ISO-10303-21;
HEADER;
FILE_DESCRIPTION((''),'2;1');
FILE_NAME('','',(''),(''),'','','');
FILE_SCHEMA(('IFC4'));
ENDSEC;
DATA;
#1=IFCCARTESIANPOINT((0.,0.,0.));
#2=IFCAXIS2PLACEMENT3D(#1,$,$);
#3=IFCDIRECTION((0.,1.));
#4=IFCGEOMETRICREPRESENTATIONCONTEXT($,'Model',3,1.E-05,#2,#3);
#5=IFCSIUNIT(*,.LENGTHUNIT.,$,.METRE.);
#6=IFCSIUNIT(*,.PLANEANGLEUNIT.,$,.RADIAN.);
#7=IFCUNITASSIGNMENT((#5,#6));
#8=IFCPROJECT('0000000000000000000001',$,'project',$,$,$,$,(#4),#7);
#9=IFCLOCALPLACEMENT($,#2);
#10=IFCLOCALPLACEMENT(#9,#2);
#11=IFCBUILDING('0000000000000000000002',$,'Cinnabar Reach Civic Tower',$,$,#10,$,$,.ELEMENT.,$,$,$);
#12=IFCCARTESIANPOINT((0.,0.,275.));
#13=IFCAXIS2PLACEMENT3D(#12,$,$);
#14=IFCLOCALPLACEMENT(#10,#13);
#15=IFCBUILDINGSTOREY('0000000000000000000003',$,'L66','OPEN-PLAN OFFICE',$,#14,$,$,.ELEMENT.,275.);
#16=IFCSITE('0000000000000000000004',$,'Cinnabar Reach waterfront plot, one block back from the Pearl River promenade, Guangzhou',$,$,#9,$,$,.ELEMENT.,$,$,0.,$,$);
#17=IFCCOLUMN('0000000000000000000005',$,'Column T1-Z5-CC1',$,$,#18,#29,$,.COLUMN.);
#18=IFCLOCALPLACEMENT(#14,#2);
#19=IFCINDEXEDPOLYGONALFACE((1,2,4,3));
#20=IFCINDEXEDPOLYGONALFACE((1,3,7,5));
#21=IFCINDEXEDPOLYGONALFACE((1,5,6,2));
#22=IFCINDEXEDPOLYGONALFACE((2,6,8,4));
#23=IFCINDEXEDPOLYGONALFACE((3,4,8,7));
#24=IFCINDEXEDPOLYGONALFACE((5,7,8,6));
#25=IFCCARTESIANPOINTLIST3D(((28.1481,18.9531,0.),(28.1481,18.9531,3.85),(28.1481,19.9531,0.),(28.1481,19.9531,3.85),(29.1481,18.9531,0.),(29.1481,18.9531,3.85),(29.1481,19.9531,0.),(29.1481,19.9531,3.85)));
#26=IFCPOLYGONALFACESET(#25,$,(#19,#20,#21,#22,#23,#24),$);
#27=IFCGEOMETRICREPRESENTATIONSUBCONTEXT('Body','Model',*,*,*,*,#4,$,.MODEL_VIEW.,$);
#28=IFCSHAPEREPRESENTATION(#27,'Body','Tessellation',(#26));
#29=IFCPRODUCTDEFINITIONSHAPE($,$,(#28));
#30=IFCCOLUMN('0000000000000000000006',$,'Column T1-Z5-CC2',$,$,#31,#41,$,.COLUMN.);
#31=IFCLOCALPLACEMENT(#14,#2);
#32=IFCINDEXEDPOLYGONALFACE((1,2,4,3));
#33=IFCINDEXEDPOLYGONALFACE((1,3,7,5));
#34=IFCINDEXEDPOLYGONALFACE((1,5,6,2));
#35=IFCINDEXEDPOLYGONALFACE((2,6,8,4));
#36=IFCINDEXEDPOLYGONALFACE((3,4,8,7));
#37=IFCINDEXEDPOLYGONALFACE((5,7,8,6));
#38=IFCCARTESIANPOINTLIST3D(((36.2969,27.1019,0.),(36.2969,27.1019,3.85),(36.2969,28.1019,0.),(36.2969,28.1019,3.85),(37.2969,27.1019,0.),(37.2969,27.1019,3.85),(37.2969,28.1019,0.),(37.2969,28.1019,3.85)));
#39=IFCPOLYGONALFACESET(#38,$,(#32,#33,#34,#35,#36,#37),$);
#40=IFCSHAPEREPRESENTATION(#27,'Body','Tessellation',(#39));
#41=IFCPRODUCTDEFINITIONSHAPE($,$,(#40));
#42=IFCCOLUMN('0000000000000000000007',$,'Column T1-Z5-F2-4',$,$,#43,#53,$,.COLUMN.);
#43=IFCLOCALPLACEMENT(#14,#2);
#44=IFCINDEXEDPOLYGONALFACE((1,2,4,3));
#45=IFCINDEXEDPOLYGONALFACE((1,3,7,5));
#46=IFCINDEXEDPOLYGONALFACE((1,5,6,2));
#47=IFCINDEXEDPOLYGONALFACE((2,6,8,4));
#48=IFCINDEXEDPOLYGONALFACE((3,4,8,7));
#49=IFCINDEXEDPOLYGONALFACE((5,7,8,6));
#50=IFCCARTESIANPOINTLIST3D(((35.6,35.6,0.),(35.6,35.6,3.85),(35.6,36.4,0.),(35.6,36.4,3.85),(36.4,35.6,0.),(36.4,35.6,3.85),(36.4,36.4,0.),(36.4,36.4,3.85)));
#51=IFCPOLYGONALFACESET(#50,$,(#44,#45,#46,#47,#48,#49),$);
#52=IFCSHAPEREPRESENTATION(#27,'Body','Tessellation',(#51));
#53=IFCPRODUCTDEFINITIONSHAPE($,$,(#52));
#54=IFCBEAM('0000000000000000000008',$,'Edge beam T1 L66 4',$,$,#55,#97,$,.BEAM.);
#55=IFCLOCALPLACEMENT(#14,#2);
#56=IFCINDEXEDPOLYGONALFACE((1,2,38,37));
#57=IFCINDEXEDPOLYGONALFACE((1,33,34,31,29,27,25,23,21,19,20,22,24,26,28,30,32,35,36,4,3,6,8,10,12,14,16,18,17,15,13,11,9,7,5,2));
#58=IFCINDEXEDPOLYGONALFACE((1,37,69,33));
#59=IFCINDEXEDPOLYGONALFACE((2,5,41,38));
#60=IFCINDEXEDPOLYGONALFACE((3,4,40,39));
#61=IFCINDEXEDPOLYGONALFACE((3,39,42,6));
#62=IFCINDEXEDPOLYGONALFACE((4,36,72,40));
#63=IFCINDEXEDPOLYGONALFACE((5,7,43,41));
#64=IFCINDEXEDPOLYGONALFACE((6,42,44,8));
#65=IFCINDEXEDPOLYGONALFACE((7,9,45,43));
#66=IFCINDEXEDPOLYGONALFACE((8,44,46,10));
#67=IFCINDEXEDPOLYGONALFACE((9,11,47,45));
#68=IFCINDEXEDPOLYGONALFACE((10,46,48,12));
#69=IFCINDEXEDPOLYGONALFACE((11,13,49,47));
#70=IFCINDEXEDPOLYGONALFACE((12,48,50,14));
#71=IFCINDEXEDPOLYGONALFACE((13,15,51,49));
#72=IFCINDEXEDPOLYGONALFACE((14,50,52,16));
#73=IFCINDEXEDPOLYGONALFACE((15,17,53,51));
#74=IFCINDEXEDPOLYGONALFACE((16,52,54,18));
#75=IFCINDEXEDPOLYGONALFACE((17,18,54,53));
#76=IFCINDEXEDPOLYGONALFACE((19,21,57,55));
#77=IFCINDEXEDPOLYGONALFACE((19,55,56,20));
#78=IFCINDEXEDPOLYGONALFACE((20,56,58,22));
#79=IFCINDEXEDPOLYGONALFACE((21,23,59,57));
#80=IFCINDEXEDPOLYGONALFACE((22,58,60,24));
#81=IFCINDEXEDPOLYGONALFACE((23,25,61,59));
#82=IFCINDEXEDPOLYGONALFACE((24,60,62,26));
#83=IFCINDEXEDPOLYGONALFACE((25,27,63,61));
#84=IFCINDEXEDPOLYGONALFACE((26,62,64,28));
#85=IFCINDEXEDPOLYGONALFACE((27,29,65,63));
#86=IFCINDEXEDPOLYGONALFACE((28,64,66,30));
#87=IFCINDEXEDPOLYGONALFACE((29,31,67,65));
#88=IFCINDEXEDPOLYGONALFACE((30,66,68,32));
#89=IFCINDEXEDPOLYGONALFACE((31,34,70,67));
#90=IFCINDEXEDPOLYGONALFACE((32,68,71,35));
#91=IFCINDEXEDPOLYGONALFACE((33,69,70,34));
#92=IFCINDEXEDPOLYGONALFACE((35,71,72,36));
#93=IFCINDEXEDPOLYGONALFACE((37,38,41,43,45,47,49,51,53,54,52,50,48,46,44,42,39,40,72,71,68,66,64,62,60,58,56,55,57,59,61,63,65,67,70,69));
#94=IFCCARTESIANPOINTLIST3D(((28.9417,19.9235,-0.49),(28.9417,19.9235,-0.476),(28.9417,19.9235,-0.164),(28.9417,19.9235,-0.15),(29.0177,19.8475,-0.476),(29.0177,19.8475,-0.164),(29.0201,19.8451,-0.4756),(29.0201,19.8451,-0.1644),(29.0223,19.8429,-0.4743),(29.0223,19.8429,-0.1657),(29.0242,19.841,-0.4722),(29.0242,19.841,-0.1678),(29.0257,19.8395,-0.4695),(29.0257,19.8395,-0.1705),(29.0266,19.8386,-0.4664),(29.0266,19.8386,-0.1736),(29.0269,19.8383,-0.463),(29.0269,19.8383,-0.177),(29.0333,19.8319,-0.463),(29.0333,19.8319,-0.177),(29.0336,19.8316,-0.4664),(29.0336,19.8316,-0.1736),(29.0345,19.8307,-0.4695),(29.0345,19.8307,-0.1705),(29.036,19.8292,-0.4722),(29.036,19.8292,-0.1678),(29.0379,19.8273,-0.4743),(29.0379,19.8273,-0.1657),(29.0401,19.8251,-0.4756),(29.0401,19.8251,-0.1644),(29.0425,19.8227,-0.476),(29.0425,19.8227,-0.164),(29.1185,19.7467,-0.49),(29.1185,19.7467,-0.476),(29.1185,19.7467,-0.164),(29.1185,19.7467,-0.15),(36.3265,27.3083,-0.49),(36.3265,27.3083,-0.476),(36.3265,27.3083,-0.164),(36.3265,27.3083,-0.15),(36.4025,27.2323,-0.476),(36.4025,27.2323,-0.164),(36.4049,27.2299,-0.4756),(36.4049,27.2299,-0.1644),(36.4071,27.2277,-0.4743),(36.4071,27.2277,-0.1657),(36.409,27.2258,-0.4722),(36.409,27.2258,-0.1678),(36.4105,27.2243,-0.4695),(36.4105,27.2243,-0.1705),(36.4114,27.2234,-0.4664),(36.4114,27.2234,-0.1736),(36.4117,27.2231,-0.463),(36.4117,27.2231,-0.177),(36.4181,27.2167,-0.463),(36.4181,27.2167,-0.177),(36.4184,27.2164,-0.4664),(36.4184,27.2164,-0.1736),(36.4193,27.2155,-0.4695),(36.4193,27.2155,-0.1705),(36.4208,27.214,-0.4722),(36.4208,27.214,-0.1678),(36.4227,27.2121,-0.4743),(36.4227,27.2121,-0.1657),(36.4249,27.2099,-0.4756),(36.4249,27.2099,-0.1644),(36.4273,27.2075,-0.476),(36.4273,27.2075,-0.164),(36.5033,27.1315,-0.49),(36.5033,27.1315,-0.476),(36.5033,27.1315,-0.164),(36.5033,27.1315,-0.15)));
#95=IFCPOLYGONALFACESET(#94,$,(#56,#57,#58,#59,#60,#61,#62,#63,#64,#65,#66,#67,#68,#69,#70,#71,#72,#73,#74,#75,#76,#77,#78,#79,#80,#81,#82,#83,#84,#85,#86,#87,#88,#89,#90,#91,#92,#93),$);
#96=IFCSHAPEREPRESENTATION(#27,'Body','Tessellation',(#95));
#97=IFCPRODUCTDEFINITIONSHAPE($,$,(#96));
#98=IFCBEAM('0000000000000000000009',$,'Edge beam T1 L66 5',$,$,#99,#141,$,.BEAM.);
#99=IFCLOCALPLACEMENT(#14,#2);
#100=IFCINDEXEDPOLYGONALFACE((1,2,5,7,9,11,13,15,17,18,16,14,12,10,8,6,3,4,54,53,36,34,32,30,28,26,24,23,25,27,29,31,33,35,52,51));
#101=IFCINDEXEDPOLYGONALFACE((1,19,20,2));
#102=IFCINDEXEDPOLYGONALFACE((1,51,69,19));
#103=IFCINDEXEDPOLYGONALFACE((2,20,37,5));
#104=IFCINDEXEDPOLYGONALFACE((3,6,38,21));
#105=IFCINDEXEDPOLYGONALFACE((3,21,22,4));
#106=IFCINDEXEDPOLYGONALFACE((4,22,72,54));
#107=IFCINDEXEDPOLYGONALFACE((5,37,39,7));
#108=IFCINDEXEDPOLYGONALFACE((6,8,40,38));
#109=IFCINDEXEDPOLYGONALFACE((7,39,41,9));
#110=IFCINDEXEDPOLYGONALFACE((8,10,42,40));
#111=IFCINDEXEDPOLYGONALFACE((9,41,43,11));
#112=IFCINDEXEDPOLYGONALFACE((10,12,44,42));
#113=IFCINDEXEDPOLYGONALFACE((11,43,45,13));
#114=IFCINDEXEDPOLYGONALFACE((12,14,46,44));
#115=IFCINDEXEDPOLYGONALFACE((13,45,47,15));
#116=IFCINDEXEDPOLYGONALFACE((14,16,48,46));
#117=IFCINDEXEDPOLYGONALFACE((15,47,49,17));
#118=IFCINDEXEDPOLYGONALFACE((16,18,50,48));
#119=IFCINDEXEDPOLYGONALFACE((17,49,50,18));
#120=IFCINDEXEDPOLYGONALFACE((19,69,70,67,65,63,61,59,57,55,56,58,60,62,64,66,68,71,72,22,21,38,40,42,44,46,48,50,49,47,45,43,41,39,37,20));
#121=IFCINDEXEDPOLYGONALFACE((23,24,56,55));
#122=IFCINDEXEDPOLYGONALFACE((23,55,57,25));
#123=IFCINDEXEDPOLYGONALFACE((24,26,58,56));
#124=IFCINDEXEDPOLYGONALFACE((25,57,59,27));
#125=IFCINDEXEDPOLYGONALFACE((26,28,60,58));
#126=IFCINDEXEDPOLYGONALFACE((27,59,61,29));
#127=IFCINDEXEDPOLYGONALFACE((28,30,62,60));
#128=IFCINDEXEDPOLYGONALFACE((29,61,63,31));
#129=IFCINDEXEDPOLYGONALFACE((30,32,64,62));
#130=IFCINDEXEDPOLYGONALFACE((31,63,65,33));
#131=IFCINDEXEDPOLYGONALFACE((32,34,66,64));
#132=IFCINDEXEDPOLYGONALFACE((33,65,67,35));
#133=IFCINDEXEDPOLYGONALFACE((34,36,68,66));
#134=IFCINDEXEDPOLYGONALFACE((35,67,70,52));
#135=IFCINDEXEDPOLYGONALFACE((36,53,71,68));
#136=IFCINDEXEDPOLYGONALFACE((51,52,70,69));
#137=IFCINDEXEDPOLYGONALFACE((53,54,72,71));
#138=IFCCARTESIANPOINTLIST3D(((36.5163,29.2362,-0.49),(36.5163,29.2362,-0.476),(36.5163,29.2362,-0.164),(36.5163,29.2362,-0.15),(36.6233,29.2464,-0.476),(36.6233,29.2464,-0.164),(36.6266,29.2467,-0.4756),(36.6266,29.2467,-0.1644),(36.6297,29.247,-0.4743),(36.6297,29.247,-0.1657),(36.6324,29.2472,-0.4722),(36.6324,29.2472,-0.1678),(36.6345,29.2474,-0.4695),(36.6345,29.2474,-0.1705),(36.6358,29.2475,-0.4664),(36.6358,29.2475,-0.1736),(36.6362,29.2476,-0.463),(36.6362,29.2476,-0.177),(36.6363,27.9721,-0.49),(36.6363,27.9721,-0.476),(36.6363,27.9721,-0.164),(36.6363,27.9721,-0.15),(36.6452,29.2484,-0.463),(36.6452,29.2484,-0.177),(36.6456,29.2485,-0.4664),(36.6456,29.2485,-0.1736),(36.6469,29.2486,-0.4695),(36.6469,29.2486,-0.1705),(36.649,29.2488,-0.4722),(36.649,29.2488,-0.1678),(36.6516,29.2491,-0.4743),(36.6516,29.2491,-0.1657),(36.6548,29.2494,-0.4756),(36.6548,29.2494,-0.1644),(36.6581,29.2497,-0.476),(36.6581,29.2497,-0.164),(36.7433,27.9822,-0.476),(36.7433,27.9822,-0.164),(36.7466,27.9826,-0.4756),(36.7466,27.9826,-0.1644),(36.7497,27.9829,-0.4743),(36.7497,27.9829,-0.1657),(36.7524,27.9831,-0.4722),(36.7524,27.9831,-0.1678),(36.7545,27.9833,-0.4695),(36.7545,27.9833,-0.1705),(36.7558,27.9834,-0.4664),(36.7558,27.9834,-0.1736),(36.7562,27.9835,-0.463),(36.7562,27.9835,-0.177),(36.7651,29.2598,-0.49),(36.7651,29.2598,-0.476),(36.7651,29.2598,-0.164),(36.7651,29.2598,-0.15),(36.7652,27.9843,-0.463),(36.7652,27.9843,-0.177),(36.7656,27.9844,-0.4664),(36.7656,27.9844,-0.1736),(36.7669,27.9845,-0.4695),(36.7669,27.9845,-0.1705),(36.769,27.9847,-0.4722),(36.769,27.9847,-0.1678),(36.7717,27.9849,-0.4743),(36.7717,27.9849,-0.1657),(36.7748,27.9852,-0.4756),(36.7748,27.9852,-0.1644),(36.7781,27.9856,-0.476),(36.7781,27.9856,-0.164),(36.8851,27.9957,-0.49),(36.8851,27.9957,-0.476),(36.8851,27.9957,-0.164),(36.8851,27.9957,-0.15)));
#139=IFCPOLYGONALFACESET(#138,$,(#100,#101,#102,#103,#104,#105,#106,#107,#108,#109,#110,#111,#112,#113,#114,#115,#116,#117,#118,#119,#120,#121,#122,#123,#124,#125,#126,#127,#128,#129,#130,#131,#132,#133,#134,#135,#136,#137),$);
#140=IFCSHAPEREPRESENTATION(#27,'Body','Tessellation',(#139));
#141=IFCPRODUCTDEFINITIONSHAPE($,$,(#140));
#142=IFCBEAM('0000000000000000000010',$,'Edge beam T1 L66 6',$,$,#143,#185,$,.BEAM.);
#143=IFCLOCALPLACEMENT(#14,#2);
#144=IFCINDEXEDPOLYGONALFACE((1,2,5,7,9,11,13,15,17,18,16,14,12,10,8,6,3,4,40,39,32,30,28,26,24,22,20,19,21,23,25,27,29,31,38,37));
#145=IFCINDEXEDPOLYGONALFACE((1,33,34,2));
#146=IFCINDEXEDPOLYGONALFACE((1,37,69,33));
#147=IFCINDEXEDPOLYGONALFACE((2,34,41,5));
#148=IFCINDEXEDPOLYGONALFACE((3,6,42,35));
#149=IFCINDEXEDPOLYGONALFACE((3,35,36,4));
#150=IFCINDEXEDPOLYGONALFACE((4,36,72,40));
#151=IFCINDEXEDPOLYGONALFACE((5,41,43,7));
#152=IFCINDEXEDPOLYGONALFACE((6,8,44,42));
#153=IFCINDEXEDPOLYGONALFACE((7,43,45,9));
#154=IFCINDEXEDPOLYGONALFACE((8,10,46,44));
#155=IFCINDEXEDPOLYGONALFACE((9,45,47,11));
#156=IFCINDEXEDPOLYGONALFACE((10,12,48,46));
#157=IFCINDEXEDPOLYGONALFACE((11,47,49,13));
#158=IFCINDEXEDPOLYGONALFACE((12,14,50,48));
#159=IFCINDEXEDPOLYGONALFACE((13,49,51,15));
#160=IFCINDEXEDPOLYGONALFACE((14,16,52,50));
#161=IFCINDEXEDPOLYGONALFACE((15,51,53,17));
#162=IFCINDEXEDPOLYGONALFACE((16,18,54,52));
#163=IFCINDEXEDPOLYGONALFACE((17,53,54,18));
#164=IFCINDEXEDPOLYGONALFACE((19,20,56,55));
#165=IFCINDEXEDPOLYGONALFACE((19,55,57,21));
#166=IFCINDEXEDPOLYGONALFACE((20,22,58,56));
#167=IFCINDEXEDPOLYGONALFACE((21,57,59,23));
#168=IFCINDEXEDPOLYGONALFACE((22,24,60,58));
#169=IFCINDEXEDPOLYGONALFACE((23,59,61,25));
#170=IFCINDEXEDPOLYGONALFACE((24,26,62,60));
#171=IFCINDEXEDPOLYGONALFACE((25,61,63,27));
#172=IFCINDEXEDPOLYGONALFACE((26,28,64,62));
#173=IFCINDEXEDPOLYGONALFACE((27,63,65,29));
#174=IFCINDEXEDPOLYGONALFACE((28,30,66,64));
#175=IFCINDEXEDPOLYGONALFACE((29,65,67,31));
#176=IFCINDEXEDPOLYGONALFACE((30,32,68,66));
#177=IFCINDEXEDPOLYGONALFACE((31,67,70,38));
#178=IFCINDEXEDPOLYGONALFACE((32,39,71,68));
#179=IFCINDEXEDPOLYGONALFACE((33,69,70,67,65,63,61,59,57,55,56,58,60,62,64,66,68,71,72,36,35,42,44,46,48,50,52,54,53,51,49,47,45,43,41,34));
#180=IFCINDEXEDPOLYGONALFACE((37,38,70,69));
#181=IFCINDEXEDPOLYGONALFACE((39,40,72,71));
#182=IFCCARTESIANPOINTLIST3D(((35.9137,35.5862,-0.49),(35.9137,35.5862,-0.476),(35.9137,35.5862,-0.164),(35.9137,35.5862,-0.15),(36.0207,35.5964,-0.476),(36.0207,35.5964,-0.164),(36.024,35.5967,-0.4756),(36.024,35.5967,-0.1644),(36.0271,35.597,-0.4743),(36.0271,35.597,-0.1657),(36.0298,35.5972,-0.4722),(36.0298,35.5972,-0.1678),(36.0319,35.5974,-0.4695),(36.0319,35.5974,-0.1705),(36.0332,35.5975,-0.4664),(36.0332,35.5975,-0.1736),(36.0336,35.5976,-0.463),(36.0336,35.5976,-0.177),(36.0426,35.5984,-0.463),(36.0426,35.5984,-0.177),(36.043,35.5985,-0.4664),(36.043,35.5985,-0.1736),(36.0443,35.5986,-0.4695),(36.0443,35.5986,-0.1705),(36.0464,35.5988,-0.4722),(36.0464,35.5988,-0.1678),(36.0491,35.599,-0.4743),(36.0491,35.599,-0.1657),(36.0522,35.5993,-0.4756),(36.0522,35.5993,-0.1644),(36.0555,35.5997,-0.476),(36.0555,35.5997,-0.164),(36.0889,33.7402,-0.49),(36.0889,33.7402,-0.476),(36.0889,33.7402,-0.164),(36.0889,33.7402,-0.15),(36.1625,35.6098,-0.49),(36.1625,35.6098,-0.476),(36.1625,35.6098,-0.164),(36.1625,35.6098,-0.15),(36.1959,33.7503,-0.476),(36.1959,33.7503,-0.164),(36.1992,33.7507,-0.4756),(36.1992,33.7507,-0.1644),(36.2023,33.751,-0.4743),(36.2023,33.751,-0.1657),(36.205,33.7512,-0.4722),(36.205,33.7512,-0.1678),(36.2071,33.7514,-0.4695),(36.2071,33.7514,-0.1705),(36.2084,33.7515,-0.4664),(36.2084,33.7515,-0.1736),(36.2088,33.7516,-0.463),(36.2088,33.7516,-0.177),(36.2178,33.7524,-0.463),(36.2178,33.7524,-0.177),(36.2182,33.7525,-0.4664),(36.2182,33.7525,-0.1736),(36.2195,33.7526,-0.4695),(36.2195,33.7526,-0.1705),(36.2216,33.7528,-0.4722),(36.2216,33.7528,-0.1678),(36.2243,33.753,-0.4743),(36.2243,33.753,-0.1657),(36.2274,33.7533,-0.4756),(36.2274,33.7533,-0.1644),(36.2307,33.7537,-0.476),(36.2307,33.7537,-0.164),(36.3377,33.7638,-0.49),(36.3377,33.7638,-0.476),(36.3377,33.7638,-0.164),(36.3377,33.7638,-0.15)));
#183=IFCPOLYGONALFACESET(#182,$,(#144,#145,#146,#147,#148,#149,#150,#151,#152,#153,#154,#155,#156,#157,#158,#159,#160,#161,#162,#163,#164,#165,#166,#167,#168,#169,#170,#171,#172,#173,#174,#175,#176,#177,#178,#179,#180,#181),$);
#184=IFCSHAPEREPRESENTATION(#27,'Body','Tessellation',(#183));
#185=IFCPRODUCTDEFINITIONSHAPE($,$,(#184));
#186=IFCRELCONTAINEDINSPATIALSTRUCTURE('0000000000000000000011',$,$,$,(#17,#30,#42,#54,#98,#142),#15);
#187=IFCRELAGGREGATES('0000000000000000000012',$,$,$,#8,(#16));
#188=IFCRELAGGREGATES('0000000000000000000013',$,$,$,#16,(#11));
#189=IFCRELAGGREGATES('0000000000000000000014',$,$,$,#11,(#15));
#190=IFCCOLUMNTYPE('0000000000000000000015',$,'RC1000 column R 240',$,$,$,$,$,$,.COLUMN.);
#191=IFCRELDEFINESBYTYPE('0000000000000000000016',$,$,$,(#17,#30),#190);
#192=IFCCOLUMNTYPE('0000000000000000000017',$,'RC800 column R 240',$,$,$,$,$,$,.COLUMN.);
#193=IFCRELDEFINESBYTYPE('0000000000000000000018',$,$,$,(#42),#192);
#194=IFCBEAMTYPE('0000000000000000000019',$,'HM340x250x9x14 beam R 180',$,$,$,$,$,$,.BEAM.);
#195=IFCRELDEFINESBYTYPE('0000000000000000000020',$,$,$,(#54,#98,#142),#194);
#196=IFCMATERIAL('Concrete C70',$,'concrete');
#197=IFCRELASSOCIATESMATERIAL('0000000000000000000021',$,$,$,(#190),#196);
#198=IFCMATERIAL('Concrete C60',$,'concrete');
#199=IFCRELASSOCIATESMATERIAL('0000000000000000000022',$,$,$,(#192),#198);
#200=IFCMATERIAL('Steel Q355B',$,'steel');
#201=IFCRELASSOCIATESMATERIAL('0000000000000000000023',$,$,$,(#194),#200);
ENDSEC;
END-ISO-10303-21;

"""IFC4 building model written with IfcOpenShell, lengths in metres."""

from ifc_helpers import new_model, si_unit, direction, frame, origin, origin_2d, place, context, subcontext, project, spatial, rectangle, i_section, extrude, material, material_profile, profile_set, type_object, element, save


model = new_model("IFC4")

# Units and contexts
model_context = context("Model", 3, precision=1e-05, world=origin(), true_north=direction((0.0, 1.0)))
body_context = subcontext(model_context, "Body", "Model", "MODEL_VIEW")
ifc_project = project(units=[si_unit("LENGTHUNIT", "METRE"), si_unit("PLANEANGLEUNIT", "RADIAN")], contexts=[model_context])

# Site, building, storey
site_placement = place(None, origin())
site = spatial("IfcSite", under=ifc_project, at=site_placement, Name="Cinnabar Reach waterfront plot, one block back from the Pearl River promenade, Guangzhou", CompositionType="ELEMENT", RefElevation=0.0)
building_placement = place(site_placement, origin())
building = spatial("IfcBuilding", under=site, at=building_placement, Name="Cinnabar Reach Civic Tower", CompositionType="ELEMENT")
storey_placement = place(building_placement, frame((0.0, 0.0, 275.0)))
storey = spatial("IfcBuildingStorey", under=building, at=storey_placement, Name="L66", Description="OPEN-PLAN OFFICE", CompositionType="ELEMENT", Elevation=275.0)

# Columns
ifc_material_1 = material(Name="Concrete C70", Category="concrete")
ifc_material_profile_1 = material_profile(ifc_material_1, rectangle(XDim=1.0, YDim=1.0, at=origin_2d()), Name="RC1000")
ifc_profile_set_1 = profile_set([ifc_material_profile_1], Name="Concrete C70")
column_type_1 = type_object("IfcColumnType", Name="RC1000 column R 240", PredefinedType="COLUMN", material=ifc_profile_set_1)
for number, where, z_axis, x_axis, name in (
    (1, (28.6481, 19.4531, 0.0), (0.0, 0.0, 1.0), (1.0, 0.0, 0.0), "Column T1-Z5-CC1"),
    (2, (36.7969, 27.6019, 0.0), (0.0, 0.0, 1.0), (1.0, 0.0, 0.0), "Column T1-Z5-CC2"),
):
    element("IfcColumn", number, at=place(storey_placement, frame(where, z_axis=z_axis, x_axis=x_axis)), inside=storey, type_object=column_type_1, Name=name, PredefinedType="COLUMN", context=body_context, shape_type="SweptSolid", body=[
        extrude(rectangle(XDim=1.0, YDim=1.0, at=origin_2d()), origin(), (0.0, 0.0, 1.0), 3.85),
    ])
ifc_material_2 = material(Name="Concrete C60", Category="concrete")
ifc_material_profile_2 = material_profile(ifc_material_2, rectangle(XDim=0.8, YDim=0.8, at=origin_2d()), Name="RC800")
ifc_profile_set_2 = profile_set([ifc_material_profile_2], Name="Concrete C60")
column_type_2 = type_object("IfcColumnType", Name="RC800 column R 240", PredefinedType="COLUMN", material=ifc_profile_set_2)
column_placement = place(storey_placement, frame((36.0, 36.0, 0.0), z_axis=(0.0, 0.0, 1.0), x_axis=(1.0, 0.0, 0.0)))
element("IfcColumn", 3, at=column_placement, inside=storey, type_object=column_type_2, Name="Column T1-Z5-F2-4", PredefinedType="COLUMN", context=body_context, shape_type="SweptSolid", body=[
    extrude(rectangle(XDim=0.8, YDim=0.8, at=origin_2d()), origin(), (0.0, 0.0, 1.0), 3.85),
])

# Beams
ifc_material_3 = material(Name="Steel Q355B", Category="steel")
ifc_material_profile_3 = material_profile(ifc_material_3, i_section(OverallWidth=0.25, OverallDepth=0.34, WebThickness=0.009, FlangeThickness=0.014, FilletRadius=0.013, at=origin_2d()), Name="HM340x250x9x14")
ifc_profile_set_3 = profile_set([ifc_material_profile_3], Name="Steel Q355B")
beam_type_1 = type_object("IfcBeamType", Name="HM340x250x9x14 beam R 180", PredefinedType="BEAM", material=ifc_profile_set_3)
beam_1_placement = place(storey_placement, frame((29.0301, 19.8351, -0.32), z_axis=(0.707107, 0.707107, 0.0), x_axis=(-0.707107, 0.707107, 0.0)))
element("IfcBeam", 4, at=beam_1_placement, inside=storey, type_object=beam_type_1, Name="Edge beam T1 L66 4", PredefinedType="BEAM", context=body_context, shape_type="SweptSolid", body=[
    extrude(i_section(OverallWidth=0.25, OverallDepth=0.34, WebThickness=0.009, FlangeThickness=0.014, FilletRadius=0.013, at=origin_2d()), origin(), (0.0, 0.0, 1.0), 10.4437),
])
beam_2_placement = place(storey_placement, frame((36.7607, 27.9839, -0.32), z_axis=(-0.094504, 0.995524, 0.0), x_axis=(-0.995524, -0.094504, 0.0)))
element("IfcBeam", 5, at=beam_2_placement, inside=storey, type_object=beam_type_1, Name="Edge beam T1 L66 5", PredefinedType="BEAM", context=body_context, shape_type="SweptSolid", body=[
    extrude(i_section(OverallWidth=0.25, OverallDepth=0.34, WebThickness=0.009, FlangeThickness=0.014, FilletRadius=0.013, at=origin_2d()), origin(), (0.0, 0.0, 1.0), 1.2698),
])
beam_3_placement = place(storey_placement, frame((36.2133, 33.752, -0.32), z_axis=(-0.094483, 0.995526, 0.0), x_axis=(-0.995526, -0.094483, 0.0)))
element("IfcBeam", 6, at=beam_3_placement, inside=storey, type_object=beam_type_1, Name="Edge beam T1 L66 6", PredefinedType="BEAM", context=body_context, shape_type="SweptSolid", body=[
    extrude(i_section(OverallWidth=0.25, OverallDepth=0.34, WebThickness=0.009, FlangeThickness=0.014, FilletRadius=0.013, at=origin_2d()), origin(), (0.0, 0.0, 1.0), 1.8543),
])

save(model, "model.ifc")
